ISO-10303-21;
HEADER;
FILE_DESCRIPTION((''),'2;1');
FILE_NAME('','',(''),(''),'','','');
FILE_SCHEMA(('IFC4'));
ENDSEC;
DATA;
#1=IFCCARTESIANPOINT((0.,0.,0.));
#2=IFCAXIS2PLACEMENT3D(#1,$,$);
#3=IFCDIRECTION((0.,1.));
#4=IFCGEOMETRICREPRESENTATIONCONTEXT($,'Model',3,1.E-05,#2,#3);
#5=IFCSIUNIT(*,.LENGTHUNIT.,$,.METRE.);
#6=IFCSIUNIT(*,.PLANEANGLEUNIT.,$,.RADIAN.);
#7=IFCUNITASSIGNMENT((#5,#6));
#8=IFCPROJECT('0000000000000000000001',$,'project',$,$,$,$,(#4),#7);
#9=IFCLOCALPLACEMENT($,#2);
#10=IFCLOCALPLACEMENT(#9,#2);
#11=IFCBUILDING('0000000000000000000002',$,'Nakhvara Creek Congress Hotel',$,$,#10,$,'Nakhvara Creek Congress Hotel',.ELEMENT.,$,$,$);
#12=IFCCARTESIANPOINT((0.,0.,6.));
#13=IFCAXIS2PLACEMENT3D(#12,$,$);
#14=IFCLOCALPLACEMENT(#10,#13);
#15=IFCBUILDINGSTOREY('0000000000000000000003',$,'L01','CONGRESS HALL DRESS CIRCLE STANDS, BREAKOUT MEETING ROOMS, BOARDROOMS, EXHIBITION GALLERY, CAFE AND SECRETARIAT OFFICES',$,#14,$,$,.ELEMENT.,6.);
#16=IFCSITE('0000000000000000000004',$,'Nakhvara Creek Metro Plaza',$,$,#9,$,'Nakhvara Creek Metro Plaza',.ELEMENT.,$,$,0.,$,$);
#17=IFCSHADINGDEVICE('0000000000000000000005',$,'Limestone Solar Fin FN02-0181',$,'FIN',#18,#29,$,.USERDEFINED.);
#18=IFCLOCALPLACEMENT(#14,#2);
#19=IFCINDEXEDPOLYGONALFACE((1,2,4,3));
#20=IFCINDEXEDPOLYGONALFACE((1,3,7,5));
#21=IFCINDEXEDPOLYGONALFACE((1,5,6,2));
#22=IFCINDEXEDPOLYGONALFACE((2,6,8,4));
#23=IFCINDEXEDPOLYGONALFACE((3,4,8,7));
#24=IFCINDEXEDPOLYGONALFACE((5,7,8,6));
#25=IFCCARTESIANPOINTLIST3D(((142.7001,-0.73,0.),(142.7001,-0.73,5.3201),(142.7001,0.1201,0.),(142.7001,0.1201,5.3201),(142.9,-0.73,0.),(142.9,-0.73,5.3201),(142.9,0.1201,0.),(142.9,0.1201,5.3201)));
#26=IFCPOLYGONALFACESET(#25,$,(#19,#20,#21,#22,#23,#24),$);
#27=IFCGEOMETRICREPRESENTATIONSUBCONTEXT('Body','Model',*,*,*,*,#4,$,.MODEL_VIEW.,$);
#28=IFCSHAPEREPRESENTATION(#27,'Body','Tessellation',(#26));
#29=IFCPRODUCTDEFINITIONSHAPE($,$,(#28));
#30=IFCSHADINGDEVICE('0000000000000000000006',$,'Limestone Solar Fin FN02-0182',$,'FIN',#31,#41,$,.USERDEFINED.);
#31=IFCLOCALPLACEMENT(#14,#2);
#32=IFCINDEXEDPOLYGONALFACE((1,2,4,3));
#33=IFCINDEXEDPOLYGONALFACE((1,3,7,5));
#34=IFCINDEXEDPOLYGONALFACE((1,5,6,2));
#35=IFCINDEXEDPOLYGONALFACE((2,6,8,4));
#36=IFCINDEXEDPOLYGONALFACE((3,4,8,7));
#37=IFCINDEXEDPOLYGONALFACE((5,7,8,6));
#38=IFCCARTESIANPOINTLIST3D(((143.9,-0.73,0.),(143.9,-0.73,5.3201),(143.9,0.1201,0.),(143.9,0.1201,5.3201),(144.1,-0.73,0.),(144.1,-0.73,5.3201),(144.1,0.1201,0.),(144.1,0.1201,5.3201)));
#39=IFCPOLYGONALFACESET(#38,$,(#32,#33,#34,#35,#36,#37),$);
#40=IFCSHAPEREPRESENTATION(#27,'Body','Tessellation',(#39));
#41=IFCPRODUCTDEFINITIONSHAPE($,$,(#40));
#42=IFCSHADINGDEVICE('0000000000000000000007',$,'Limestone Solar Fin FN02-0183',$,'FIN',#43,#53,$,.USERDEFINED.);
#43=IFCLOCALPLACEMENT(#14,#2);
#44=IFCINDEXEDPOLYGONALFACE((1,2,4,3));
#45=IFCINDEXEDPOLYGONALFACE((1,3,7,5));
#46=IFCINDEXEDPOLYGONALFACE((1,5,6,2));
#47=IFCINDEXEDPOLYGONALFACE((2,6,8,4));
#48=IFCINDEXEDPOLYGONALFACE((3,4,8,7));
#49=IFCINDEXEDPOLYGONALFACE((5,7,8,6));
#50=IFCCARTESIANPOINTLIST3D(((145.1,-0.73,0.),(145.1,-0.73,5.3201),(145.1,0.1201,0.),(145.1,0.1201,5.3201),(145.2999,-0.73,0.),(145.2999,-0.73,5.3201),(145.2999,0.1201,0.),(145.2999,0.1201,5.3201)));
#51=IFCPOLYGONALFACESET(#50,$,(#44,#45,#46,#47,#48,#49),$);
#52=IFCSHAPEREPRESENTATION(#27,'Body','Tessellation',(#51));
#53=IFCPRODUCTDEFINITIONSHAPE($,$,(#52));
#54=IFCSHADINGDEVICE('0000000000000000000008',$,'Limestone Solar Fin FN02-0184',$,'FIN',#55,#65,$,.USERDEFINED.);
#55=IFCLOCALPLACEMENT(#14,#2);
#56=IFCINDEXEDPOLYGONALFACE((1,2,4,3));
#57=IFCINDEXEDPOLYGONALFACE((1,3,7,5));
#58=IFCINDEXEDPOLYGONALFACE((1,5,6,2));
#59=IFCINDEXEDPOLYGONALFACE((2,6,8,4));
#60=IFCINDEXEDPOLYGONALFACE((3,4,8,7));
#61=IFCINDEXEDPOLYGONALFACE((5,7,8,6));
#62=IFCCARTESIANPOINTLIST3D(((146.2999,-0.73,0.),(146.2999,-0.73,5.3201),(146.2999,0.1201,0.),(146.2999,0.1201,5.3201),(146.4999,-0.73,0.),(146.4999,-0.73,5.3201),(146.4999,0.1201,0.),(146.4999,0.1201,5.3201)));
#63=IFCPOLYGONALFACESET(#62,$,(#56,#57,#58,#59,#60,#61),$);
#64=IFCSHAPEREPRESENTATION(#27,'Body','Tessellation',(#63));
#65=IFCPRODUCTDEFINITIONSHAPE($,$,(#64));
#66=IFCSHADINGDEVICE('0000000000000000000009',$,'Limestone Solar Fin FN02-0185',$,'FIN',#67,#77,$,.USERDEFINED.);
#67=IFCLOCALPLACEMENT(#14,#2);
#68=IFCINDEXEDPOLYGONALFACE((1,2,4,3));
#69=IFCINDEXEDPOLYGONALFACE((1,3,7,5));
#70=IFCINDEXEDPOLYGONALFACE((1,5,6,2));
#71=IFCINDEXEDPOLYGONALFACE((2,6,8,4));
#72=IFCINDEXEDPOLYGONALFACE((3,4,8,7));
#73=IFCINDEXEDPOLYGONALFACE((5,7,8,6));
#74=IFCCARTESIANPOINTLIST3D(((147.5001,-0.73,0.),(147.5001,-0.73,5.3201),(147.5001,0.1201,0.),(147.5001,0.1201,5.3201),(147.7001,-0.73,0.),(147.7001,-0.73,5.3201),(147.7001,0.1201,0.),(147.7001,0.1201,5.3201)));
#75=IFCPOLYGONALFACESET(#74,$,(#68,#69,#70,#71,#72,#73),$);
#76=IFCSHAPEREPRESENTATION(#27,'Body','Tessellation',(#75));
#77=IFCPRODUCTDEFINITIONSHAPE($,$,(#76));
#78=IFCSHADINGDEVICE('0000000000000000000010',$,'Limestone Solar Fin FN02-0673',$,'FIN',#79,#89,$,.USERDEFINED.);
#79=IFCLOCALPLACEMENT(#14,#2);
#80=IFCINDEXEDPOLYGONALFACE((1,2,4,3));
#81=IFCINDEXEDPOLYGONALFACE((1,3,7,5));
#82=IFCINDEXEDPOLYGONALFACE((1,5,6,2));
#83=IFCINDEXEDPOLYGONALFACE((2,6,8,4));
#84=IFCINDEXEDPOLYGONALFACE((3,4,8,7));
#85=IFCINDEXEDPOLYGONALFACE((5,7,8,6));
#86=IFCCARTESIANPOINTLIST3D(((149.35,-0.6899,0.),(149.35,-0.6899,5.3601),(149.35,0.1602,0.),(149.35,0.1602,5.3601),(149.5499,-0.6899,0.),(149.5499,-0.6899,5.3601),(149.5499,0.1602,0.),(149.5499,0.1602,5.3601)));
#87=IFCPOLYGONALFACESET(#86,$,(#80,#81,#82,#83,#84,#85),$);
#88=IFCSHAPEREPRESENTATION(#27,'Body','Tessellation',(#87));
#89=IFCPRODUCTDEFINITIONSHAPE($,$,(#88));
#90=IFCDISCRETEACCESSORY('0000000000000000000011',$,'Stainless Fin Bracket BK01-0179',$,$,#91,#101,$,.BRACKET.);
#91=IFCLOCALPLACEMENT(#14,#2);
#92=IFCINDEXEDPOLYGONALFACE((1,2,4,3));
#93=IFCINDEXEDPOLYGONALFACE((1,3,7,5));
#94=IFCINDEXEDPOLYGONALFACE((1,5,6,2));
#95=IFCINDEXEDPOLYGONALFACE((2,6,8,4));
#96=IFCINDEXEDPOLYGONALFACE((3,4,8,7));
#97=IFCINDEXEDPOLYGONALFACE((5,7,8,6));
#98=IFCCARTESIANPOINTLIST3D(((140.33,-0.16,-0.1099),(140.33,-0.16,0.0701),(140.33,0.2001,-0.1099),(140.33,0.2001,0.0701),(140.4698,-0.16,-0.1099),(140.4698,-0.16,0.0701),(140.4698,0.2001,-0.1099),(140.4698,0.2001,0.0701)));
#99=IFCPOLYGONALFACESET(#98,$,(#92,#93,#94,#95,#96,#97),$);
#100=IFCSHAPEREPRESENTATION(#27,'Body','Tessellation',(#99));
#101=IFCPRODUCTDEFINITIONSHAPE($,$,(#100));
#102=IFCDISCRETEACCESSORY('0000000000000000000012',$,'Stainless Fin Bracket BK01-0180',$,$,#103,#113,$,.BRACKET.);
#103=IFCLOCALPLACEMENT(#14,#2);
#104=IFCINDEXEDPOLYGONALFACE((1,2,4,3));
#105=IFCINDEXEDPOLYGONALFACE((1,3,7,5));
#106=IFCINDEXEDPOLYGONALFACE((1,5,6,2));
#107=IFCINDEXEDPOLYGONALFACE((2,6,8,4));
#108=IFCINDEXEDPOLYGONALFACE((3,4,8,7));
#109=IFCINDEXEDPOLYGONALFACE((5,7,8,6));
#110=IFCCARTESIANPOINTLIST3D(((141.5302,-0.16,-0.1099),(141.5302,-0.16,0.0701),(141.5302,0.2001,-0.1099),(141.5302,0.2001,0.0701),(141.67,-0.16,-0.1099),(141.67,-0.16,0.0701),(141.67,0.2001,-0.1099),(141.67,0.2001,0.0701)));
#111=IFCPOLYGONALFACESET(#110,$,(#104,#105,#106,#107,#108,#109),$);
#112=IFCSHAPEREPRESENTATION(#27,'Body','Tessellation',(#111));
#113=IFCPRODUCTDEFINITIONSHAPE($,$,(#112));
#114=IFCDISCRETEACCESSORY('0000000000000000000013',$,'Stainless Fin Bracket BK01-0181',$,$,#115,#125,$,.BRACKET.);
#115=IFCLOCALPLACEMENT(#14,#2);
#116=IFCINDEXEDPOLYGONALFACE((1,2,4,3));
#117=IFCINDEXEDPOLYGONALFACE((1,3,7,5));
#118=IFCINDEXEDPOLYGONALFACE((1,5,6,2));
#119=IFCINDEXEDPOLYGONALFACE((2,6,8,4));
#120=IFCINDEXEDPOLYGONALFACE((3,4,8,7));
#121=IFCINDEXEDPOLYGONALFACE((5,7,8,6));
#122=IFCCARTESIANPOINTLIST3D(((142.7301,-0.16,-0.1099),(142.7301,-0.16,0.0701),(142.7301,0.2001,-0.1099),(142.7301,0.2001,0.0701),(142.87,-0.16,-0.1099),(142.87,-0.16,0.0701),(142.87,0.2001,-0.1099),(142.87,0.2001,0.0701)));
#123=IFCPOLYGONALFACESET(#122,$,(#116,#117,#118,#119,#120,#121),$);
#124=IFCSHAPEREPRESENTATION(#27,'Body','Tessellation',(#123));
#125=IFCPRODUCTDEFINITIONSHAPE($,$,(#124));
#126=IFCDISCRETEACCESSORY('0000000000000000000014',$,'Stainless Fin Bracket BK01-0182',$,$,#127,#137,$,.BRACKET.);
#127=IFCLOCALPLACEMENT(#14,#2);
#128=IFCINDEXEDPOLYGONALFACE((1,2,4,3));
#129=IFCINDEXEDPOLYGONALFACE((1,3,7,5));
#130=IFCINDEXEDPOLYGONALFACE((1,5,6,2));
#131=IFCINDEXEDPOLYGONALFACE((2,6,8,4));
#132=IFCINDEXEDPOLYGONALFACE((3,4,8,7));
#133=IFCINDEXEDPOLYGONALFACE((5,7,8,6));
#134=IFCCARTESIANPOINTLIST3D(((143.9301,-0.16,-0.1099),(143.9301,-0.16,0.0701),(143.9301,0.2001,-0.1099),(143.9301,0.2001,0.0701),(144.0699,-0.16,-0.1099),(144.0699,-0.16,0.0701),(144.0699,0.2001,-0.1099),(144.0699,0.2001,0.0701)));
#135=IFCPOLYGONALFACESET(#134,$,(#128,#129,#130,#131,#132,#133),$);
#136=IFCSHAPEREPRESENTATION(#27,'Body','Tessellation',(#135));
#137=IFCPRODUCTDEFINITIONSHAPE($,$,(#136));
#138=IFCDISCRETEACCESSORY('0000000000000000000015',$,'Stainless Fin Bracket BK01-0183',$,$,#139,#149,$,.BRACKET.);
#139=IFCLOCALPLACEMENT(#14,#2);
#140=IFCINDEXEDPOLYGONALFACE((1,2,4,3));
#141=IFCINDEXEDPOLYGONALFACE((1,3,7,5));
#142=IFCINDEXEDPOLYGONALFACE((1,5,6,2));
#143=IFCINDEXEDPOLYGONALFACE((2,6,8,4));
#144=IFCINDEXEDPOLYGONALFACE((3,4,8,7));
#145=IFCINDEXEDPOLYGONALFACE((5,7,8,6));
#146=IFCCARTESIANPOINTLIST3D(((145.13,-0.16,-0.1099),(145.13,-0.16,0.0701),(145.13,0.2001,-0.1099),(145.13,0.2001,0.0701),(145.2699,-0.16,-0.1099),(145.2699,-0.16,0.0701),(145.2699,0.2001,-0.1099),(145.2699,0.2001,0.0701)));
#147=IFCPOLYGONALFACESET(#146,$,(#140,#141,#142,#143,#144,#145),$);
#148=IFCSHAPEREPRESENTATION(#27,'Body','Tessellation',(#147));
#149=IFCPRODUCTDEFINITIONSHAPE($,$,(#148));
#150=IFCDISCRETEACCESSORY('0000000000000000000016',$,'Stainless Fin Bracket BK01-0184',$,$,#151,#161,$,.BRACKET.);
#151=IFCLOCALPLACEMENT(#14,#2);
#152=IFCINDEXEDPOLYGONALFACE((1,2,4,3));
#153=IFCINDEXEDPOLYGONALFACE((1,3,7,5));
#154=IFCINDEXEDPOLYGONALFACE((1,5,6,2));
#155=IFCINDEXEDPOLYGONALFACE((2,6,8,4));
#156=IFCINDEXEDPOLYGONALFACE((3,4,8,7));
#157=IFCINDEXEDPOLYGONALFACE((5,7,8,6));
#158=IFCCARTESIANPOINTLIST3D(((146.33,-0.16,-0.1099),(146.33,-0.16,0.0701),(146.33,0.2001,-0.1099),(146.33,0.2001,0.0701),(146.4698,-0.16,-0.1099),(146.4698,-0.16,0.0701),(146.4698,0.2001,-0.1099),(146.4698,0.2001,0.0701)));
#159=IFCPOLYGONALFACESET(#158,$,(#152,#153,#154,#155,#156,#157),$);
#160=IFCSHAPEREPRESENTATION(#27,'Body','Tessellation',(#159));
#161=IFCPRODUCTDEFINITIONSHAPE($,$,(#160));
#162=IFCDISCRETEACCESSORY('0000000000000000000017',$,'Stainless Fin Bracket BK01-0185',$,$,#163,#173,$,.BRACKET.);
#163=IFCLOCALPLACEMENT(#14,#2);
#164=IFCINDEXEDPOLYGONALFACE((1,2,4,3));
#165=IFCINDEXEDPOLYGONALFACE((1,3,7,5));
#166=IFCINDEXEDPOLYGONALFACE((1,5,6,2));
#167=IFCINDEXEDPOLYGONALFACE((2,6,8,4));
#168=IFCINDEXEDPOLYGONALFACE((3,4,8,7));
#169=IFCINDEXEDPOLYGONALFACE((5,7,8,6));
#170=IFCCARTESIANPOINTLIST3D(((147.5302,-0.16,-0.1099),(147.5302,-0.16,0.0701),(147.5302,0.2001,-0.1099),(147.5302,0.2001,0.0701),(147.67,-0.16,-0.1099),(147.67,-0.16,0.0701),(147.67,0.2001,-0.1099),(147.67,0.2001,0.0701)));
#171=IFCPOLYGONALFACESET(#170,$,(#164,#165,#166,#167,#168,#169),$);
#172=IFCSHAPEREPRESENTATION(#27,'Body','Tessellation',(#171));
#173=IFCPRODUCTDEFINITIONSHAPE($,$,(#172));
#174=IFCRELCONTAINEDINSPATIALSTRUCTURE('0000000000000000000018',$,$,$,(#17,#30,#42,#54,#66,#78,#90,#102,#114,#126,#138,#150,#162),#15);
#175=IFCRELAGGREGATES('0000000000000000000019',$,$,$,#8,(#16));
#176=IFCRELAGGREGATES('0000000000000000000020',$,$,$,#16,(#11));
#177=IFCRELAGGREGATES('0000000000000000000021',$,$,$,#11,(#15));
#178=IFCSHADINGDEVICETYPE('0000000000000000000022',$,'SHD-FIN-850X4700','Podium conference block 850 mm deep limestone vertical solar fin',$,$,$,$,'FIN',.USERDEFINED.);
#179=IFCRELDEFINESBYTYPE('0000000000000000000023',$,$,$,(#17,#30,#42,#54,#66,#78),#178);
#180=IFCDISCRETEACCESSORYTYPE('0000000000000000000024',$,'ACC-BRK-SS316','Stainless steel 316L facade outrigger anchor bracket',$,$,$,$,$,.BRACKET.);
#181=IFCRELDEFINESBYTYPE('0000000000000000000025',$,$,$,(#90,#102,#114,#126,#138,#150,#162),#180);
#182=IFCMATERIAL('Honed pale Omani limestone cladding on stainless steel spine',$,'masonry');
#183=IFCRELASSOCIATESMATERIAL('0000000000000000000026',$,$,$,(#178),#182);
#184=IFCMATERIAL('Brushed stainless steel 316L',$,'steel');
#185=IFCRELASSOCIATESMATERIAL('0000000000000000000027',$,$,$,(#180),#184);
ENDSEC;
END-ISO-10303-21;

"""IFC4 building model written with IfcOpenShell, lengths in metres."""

from ifc_helpers import new_model, si_unit, direction, frame, origin, origin_2d, place, context, subcontext, project, spatial, rectangle, extrude, material, type_object, element, save


model = new_model("IFC4")

# Units and contexts
model_context = context("Model", 3, precision=1e-05, world=origin(), true_north=direction((0.0, 1.0)))
body_context = subcontext(model_context, "Body", "Model", "MODEL_VIEW")
ifc_project = project(units=[si_unit("LENGTHUNIT", "METRE"), si_unit("PLANEANGLEUNIT", "RADIAN")], contexts=[model_context])

# Site, building, storey
site_placement = place(None, origin())
site = spatial("IfcSite", under=ifc_project, at=site_placement, Name="Nakhvara Creek Metro Plaza", LongName="Nakhvara Creek Metro Plaza", CompositionType="ELEMENT", RefElevation=0.0)
building_placement = place(site_placement, origin())
building = spatial("IfcBuilding", under=site, at=building_placement, Name="Nakhvara Creek Congress Hotel", LongName="Nakhvara Creek Congress Hotel", CompositionType="ELEMENT")
storey_placement = place(building_placement, frame((0.0, 0.0, 6.0)))
storey = spatial("IfcBuildingStorey", under=building, at=storey_placement, Name="L01", Description="CONGRESS HALL DRESS CIRCLE STANDS, BREAKOUT MEETING ROOMS, BOARDROOMS, EXHIBITION GALLERY, CAFE AND SECRETARIAT OFFICES", CompositionType="ELEMENT", Elevation=6.0)

# Shared definitions
ifc_material_1 = material(Name="Brushed stainless steel 316L", Category="steel")

# Shading devices
ifc_material_2 = material(Name="Honed pale Omani limestone cladding on stainless steel spine", Category="masonry")
shading_device_type = type_object("IfcShadingDeviceType", Name="SHD-FIN-850X4700", Description="Podium conference block 850 mm deep limestone vertical solar fin", ElementType="FIN", PredefinedType="USERDEFINED", material=ifc_material_2)
for number, where, z_axis, x_axis, name in (
    (1, (142.8, -0.3049, 0.0), (0.0, 0.0, 1.0), (1.0, 0.0, 0.0), "Limestone Solar Fin FN02-0181"),
    (2, (144.0, -0.3049, 0.0), (0.0, 0.0, 1.0), (1.0, 0.0, 0.0), "Limestone Solar Fin FN02-0182"),
    (3, (145.2, -0.3049, 0.0), (0.0, 0.0, 1.0), (1.0, 0.0, 0.0), "Limestone Solar Fin FN02-0183"),
    (4, (146.3999, -0.3049, 0.0), (0.0, 0.0, 1.0), (1.0, 0.0, 0.0), "Limestone Solar Fin FN02-0184"),
    (5, (147.6001, -0.3049, 0.0), (0.0, 0.0, 1.0), (1.0, 0.0, 0.0), "Limestone Solar Fin FN02-0185"),
):
    element("IfcShadingDevice", number, at=place(storey_placement, frame(where, z_axis=z_axis, x_axis=x_axis)), inside=storey, type_object=shading_device_type, Name=name, ObjectType="FIN", PredefinedType="USERDEFINED", context=body_context, shape_type="SweptSolid", body=[
        extrude(rectangle(XDim=0.2, YDim=0.8501, at=origin_2d()), origin(), (0.0, 0.0, 1.0), 5.3201),
    ])
shading_device_placement = place(storey_placement, frame((149.45, -0.2649, 0.0), z_axis=(0.0, 0.0, 1.0), x_axis=(1.0, 0.0, 0.0)))
element("IfcShadingDevice", 6, at=shading_device_placement, inside=storey, type_object=shading_device_type, Name="Limestone Solar Fin FN02-0673", ObjectType="FIN", PredefinedType="USERDEFINED", context=body_context, shape_type="SweptSolid", body=[
    extrude(rectangle(XDim=0.2, YDim=0.8501, at=origin_2d()), origin(), (0.0, 0.0, 1.0), 5.3601),
])

# Discrete accessories
discrete_accessory_type = type_object("IfcDiscreteAccessoryType", Name="ACC-BRK-SS316", Description="Stainless steel 316L facade outrigger anchor bracket", PredefinedType="BRACKET", material=ifc_material_1)
for number, where, z_axis, x_axis, name in (
    (7, (140.3999, 0.02, -0.1099), (0.0, 0.0, 1.0), (1.0, 0.0, 0.0), "Stainless Fin Bracket BK01-0179"),
    (8, (141.6001, 0.02, -0.1099), (0.0, 0.0, 1.0), (1.0, 0.0, 0.0), "Stainless Fin Bracket BK01-0180"),
    (9, (142.8, 0.02, -0.1099), (0.0, 0.0, 1.0), (1.0, 0.0, 0.0), "Stainless Fin Bracket BK01-0181"),
    (10, (144.0, 0.02, -0.1099), (0.0, 0.0, 1.0), (1.0, 0.0, 0.0), "Stainless Fin Bracket BK01-0182"),
    (11, (145.2, 0.02, -0.1099), (0.0, 0.0, 1.0), (1.0, 0.0, 0.0), "Stainless Fin Bracket BK01-0183"),
    (12, (146.3999, 0.02, -0.1099), (0.0, 0.0, 1.0), (1.0, 0.0, 0.0), "Stainless Fin Bracket BK01-0184"),
    (13, (147.6001, 0.02, -0.1099), (0.0, 0.0, 1.0), (1.0, 0.0, 0.0), "Stainless Fin Bracket BK01-0185"),
):
    element("IfcDiscreteAccessory", number, at=place(storey_placement, frame(where, z_axis=z_axis, x_axis=x_axis)), inside=storey, type_object=discrete_accessory_type, Name=name, PredefinedType="BRACKET", context=body_context, shape_type="SweptSolid", body=[
        extrude(rectangle(XDim=0.1399, YDim=0.3601, at=origin_2d()), origin(), (0.0, 0.0, 1.0), 0.1799),
    ])

save(model, "model.ifc")
